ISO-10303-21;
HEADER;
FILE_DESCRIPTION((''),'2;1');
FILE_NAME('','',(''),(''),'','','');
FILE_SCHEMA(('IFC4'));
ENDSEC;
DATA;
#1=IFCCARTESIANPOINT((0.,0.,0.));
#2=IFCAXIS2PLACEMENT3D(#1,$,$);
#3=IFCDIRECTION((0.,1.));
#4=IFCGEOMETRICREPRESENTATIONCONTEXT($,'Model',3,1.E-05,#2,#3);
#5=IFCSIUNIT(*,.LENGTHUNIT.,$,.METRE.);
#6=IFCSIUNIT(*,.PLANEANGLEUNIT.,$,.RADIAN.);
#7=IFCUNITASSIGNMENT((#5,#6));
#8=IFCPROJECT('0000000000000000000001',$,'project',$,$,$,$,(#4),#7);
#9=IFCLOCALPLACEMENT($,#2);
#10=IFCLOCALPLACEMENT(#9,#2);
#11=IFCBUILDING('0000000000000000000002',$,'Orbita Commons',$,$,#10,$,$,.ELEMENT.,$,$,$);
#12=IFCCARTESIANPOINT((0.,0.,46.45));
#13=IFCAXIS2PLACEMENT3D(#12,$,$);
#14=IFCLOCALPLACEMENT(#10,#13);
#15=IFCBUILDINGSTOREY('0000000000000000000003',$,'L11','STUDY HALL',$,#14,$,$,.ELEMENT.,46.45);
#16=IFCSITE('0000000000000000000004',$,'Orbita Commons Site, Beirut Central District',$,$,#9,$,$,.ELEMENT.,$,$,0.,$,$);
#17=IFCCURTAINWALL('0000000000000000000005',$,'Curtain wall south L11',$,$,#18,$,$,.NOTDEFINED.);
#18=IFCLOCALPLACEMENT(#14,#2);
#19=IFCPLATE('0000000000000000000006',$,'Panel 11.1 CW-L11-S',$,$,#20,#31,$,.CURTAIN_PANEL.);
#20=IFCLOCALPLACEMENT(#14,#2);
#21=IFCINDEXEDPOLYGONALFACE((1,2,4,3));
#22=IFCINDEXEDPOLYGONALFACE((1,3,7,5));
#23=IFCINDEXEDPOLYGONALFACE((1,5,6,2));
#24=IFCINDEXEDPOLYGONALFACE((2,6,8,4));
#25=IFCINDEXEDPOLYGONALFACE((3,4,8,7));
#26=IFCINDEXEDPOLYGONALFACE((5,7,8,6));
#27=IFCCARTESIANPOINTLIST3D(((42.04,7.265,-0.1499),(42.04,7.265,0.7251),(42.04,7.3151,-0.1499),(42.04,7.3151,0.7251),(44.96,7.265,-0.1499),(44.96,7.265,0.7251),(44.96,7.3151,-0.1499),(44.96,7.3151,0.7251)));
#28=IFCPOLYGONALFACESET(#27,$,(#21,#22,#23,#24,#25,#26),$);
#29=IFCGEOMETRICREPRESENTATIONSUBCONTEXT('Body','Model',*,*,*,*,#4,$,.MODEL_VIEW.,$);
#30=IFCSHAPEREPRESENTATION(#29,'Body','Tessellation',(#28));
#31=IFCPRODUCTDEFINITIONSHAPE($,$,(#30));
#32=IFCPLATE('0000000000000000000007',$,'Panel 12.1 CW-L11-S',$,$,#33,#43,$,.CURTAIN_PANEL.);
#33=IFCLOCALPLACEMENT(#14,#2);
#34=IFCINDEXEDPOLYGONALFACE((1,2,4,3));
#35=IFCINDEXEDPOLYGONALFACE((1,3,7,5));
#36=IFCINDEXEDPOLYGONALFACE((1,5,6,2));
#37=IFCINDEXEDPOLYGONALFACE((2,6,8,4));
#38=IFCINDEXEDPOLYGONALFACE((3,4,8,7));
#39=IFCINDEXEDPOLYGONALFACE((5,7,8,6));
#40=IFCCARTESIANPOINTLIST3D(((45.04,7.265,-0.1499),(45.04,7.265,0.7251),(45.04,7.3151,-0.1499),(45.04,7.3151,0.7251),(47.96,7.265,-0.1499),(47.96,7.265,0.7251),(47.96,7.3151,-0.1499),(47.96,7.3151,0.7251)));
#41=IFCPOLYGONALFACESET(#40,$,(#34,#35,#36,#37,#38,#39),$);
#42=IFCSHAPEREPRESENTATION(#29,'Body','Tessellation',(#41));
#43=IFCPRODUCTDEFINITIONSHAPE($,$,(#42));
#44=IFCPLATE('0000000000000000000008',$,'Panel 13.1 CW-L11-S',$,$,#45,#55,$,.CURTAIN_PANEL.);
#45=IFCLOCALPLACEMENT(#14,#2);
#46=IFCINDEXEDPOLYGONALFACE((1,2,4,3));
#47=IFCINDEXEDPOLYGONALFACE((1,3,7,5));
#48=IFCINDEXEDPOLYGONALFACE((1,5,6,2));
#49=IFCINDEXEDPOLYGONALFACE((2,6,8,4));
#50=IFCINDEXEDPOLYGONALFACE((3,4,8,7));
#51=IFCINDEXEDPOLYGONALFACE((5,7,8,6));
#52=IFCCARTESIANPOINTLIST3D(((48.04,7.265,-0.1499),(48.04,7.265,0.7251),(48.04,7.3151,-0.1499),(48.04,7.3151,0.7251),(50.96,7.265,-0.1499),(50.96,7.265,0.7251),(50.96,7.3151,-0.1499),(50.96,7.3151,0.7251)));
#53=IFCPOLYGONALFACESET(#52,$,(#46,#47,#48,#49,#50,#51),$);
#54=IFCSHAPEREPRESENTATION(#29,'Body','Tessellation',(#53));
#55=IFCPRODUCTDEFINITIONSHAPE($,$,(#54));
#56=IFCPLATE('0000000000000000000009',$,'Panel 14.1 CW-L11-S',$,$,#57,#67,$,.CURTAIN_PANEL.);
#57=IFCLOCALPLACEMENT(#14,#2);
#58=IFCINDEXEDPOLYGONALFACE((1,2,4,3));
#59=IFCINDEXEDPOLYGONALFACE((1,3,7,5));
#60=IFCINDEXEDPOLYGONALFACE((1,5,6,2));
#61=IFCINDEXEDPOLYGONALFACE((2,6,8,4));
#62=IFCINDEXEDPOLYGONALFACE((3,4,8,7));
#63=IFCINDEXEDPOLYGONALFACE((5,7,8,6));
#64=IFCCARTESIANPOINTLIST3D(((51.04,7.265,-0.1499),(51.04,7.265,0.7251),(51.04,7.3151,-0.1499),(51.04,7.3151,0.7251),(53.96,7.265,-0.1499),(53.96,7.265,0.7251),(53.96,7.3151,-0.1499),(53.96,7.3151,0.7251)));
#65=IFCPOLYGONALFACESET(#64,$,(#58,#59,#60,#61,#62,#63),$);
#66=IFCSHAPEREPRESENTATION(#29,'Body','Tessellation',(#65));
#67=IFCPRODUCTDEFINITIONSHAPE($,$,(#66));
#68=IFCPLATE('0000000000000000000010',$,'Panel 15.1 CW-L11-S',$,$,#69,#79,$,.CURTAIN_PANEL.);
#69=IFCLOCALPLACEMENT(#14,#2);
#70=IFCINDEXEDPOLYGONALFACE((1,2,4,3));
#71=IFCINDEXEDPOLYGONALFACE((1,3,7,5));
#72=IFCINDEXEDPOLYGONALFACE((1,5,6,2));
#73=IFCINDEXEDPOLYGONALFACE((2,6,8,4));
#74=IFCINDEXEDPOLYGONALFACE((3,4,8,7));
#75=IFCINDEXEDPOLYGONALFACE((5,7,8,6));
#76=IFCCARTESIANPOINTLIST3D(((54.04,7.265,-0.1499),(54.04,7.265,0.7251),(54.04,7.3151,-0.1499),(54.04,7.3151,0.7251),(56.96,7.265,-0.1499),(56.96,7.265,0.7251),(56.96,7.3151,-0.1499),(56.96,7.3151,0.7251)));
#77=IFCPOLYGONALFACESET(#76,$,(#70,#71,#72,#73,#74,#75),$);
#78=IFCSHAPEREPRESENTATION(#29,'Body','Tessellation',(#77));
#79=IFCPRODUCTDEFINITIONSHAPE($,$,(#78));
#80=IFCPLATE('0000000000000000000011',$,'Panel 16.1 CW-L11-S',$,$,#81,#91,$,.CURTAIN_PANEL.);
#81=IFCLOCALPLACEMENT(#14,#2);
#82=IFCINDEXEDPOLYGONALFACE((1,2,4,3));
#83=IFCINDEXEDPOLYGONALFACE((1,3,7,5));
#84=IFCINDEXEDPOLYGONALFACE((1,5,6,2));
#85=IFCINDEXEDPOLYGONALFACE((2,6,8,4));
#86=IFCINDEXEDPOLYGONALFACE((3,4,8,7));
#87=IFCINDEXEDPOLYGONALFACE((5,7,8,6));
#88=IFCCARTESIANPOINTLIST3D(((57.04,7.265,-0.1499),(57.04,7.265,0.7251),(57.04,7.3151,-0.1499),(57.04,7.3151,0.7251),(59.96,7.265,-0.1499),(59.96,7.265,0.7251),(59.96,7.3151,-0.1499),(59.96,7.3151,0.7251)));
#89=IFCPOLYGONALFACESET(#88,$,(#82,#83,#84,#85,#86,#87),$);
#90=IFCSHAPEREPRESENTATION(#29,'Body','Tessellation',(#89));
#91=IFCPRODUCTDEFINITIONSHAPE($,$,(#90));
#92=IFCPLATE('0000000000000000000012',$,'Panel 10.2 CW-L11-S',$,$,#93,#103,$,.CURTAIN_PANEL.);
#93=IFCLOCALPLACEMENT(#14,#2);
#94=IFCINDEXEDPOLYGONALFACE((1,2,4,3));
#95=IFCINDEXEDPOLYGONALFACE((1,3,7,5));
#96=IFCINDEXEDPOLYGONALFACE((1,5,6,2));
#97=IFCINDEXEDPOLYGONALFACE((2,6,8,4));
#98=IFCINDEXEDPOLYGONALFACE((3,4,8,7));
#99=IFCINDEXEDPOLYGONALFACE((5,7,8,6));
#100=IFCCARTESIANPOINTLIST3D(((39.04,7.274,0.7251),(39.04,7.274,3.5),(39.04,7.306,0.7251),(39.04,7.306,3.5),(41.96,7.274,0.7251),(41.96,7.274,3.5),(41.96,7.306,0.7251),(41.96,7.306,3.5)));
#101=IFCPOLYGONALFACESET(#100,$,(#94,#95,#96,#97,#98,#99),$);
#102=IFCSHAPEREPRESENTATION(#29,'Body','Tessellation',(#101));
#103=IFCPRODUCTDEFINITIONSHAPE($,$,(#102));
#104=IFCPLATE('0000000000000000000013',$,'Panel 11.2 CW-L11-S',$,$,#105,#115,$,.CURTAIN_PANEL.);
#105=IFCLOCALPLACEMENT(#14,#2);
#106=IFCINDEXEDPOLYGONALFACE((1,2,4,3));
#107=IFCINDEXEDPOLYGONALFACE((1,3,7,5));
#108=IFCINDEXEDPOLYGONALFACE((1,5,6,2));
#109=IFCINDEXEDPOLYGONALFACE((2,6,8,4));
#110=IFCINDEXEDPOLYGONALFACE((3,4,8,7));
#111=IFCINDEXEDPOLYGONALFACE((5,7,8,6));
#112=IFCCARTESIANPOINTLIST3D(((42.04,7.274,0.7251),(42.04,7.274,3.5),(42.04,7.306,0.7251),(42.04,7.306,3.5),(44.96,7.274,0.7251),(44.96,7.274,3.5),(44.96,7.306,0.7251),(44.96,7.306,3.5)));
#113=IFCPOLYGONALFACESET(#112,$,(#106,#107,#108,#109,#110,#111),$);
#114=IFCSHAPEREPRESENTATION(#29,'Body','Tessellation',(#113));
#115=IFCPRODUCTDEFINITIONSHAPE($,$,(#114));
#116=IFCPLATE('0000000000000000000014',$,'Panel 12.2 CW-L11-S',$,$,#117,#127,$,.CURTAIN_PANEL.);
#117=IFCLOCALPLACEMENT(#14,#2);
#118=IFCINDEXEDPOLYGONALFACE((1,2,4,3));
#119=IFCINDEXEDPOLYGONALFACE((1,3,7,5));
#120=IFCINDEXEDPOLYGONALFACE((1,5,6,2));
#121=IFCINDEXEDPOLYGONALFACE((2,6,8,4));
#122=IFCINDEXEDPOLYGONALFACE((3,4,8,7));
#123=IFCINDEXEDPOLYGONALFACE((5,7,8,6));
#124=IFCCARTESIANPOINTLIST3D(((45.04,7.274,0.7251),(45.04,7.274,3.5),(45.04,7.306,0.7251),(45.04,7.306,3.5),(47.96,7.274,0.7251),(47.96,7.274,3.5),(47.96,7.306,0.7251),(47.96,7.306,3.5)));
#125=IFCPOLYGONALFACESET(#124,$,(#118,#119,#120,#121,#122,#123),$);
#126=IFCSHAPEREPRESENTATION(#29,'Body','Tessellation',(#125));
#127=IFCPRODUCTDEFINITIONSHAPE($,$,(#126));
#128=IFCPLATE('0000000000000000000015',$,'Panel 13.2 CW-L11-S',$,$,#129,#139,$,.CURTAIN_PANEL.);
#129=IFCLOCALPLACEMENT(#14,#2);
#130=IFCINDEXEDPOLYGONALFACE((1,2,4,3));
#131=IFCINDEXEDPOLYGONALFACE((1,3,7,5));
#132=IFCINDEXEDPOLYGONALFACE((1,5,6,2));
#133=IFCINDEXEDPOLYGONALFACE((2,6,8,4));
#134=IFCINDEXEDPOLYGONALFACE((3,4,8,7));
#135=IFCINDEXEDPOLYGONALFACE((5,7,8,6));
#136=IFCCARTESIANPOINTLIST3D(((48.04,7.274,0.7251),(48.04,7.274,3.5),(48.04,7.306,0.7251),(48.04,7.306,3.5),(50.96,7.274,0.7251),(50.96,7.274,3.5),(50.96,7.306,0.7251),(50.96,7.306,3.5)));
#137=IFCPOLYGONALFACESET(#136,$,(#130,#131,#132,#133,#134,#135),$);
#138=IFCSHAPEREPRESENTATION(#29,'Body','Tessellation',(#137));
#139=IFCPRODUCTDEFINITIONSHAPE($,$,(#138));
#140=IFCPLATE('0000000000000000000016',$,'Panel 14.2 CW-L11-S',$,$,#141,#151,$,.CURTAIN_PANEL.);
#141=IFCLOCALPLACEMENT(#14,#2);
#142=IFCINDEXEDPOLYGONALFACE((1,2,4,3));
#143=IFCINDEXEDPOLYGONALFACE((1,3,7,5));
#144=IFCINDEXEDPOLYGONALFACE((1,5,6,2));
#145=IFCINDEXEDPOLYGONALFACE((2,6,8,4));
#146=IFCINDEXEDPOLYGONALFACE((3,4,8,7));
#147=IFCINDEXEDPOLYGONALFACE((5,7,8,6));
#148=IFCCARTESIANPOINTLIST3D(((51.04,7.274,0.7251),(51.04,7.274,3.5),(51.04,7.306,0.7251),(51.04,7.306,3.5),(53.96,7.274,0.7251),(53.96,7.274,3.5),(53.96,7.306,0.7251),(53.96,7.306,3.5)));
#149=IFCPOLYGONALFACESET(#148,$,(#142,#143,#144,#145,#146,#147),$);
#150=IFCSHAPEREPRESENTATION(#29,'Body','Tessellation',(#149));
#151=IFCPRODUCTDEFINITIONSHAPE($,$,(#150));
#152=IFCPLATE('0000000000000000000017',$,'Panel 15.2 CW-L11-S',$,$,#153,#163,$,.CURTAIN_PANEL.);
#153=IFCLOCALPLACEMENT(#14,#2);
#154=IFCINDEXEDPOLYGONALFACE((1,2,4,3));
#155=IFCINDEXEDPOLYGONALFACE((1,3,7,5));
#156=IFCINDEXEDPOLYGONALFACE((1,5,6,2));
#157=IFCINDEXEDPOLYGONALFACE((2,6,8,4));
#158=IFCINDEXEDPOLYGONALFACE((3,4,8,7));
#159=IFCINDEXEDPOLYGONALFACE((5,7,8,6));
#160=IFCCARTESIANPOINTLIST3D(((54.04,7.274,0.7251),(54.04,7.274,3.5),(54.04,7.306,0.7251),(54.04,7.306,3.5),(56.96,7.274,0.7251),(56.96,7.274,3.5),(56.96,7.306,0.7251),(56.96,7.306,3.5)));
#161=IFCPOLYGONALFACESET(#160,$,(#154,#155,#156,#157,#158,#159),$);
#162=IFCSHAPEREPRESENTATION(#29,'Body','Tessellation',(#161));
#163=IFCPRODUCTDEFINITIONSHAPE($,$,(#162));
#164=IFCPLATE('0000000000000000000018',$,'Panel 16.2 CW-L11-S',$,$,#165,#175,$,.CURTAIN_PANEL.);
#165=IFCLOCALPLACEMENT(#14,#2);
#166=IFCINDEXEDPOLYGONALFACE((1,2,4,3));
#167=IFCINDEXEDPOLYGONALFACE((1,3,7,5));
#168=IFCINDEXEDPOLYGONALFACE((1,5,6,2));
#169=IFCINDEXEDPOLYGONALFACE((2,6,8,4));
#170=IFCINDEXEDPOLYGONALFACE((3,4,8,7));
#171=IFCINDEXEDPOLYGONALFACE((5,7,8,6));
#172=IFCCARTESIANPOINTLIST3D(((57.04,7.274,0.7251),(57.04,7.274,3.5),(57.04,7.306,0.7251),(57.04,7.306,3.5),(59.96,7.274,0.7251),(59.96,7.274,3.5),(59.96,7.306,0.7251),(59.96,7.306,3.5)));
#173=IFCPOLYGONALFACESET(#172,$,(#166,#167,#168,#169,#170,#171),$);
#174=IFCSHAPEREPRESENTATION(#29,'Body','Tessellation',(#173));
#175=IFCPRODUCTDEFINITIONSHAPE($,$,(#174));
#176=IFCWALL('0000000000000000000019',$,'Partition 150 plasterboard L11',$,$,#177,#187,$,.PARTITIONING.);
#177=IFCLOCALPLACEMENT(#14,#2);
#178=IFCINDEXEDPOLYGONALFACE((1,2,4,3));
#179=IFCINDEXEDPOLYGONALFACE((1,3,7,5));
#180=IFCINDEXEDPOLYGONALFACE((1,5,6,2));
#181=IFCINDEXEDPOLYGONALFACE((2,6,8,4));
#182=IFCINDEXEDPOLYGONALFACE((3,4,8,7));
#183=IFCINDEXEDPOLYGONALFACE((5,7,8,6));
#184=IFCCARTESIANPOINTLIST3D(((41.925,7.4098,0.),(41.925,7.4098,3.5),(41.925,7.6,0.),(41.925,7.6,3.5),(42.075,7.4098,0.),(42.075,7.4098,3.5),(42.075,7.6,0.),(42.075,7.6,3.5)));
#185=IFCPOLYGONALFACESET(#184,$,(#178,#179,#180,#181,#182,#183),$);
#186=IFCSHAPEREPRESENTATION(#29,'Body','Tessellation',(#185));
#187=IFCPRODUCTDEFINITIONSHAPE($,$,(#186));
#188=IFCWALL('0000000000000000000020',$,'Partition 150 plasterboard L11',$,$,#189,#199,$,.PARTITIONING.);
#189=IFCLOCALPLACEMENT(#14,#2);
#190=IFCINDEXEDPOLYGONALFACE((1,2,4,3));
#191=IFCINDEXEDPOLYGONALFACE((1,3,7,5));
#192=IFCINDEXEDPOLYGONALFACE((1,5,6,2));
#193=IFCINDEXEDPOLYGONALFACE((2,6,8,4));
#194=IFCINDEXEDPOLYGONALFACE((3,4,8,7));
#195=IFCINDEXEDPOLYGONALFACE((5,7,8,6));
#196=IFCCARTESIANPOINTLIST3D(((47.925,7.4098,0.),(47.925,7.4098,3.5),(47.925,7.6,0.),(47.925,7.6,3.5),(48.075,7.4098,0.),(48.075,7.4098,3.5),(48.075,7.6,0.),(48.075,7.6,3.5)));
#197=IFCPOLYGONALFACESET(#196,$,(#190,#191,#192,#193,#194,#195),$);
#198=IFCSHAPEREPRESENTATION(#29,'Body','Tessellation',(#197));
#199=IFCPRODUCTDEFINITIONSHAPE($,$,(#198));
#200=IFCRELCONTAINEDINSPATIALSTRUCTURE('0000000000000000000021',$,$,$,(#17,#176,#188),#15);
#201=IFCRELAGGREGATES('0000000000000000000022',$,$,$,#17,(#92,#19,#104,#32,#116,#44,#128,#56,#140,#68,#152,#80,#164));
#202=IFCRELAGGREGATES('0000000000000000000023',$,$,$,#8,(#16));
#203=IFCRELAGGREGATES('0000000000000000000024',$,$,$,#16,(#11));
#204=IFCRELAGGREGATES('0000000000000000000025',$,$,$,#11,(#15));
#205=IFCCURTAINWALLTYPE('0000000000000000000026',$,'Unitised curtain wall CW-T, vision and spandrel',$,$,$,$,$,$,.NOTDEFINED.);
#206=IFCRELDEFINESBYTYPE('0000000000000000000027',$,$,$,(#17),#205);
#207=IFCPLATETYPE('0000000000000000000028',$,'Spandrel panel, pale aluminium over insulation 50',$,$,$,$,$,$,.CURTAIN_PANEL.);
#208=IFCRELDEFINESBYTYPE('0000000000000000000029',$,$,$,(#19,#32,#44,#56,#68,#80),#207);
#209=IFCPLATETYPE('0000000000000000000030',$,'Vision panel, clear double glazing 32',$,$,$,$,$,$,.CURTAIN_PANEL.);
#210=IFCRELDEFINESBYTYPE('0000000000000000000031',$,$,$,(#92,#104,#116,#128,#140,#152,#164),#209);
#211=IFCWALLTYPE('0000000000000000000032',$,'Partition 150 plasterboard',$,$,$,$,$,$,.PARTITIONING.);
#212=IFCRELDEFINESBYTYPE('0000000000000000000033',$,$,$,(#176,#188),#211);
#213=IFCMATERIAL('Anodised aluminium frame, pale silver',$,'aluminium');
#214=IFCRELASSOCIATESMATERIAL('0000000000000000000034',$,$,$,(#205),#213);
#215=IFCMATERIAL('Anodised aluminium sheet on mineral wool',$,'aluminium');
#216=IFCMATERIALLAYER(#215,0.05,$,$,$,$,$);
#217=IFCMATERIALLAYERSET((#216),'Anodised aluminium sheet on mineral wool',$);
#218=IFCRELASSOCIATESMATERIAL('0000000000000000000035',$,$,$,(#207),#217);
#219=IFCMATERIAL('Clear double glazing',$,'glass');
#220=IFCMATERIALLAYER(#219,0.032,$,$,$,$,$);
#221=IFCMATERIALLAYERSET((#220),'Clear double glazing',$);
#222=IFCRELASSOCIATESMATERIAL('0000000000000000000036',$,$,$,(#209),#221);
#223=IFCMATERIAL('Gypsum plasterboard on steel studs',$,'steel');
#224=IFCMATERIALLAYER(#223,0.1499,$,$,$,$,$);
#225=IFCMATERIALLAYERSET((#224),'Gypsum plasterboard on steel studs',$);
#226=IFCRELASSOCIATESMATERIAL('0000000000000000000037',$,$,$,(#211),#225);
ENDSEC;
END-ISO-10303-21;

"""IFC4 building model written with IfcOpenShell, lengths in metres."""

from ifc_helpers import new_model, si_unit, direction, frame, frame_2d, origin, origin_2d, place, context, subcontext, project, spatial, rectangle, extrude, material, layer, layer_set, type_object, element, aggregate, save


model = new_model("IFC4")

# Units and contexts
model_context = context("Model", 3, precision=1e-05, world=origin(), true_north=direction((0.0, 1.0)))
body_context = subcontext(model_context, "Body", "Model", "MODEL_VIEW")
ifc_project = project(units=[si_unit("LENGTHUNIT", "METRE"), si_unit("PLANEANGLEUNIT", "RADIAN")], contexts=[model_context])

# Site, building, storey
site_placement = place(None, origin())
site = spatial("IfcSite", under=ifc_project, at=site_placement, Name="Orbita Commons Site, Beirut Central District", CompositionType="ELEMENT", RefElevation=0.0)
building_placement = place(site_placement, origin())
building = spatial("IfcBuilding", under=site, at=building_placement, Name="Orbita Commons", CompositionType="ELEMENT")
storey_placement = place(building_placement, frame((0.0, 0.0, 46.45)))
storey = spatial("IfcBuildingStorey", under=building, at=storey_placement, Name="L11", Description="STUDY HALL", CompositionType="ELEMENT", Elevation=46.45)

# Curtain wall, plates
ifc_material_1 = material(Name="Anodised aluminium frame, pale silver", Category="aluminium")
curtain_wall_type = type_object("IfcCurtainWallType", Name="Unitised curtain wall CW-T, vision and spandrel", PredefinedType="NOTDEFINED", material=ifc_material_1)
curtain_wall_placement = place(storey_placement, origin())
curtain_wall = element("IfcCurtainWall", 1, at=curtain_wall_placement, inside=storey, type_object=curtain_wall_type, Name="Curtain wall south L11", PredefinedType="NOTDEFINED")
ifc_material_2 = material(Name="Anodised aluminium sheet on mineral wool", Category="aluminium")
ifc_layer_1 = layer(ifc_material_2, 0.05)
ifc_layer_set_1 = layer_set([ifc_layer_1], Name="Anodised aluminium sheet on mineral wool")
plate_type_1 = type_object("IfcPlateType", Name="Spandrel panel, pale aluminium over insulation 50", PredefinedType="CURTAIN_PANEL", material=ifc_layer_set_1)
plate_1_placement = place(storey_placement, frame((43.5, 7.29, -0.1499), z_axis=(0.0, 0.0, 1.0), x_axis=(1.0, 0.0, 0.0)))
plate_1 = element("IfcPlate", 2, at=plate_1_placement, type_object=plate_type_1, Name="Panel 11.1 CW-L11-S", PredefinedType="CURTAIN_PANEL", context=body_context, shape_type="SweptSolid", body=[
    extrude(rectangle(XDim=2.9199, YDim=0.05, at=origin_2d()), origin(), (0.0, 0.0, 1.0), 0.875),
])
plate_2_placement = place(storey_placement, frame((46.5, 7.29, -0.1499), z_axis=(0.0, 0.0, 1.0), x_axis=(1.0, 0.0, 0.0)))
plate_2 = element("IfcPlate", 3, at=plate_2_placement, type_object=plate_type_1, Name="Panel 12.1 CW-L11-S", PredefinedType="CURTAIN_PANEL", context=body_context, shape_type="SweptSolid", body=[
    extrude(rectangle(XDim=2.9199, YDim=0.05, at=origin_2d()), origin(), (0.0, 0.0, 1.0), 0.875),
])
plate_3_placement = place(storey_placement, frame((49.5, 7.29, -0.1499), z_axis=(0.0, 0.0, 1.0), x_axis=(1.0, 0.0, 0.0)))
plate_3 = element("IfcPlate", 4, at=plate_3_placement, type_object=plate_type_1, Name="Panel 13.1 CW-L11-S", PredefinedType="CURTAIN_PANEL", context=body_context, shape_type="SweptSolid", body=[
    extrude(rectangle(XDim=2.9199, YDim=0.05, at=origin_2d()), origin(), (0.0, 0.0, 1.0), 0.875),
])
plate_4_placement = place(storey_placement, frame((52.5, 7.29, -0.1499), z_axis=(0.0, 0.0, 1.0), x_axis=(1.0, 0.0, 0.0)))
plate_4 = element("IfcPlate", 5, at=plate_4_placement, type_object=plate_type_1, Name="Panel 14.1 CW-L11-S", PredefinedType="CURTAIN_PANEL", context=body_context, shape_type="SweptSolid", body=[
    extrude(rectangle(XDim=2.9199, YDim=0.05, at=origin_2d()), origin(), (0.0, 0.0, 1.0), 0.875),
])
plate_5_placement = place(storey_placement, frame((55.5, 7.29, -0.1499), z_axis=(0.0, 0.0, 1.0), x_axis=(1.0, 0.0, 0.0)))
plate_5 = element("IfcPlate", 6, at=plate_5_placement, type_object=plate_type_1, Name="Panel 15.1 CW-L11-S", PredefinedType="CURTAIN_PANEL", context=body_context, shape_type="SweptSolid", body=[
    extrude(rectangle(XDim=2.9199, YDim=0.05, at=origin_2d()), origin(), (0.0, 0.0, 1.0), 0.875),
])
plate_6_placement = place(storey_placement, frame((58.5, 7.29, -0.1499), z_axis=(0.0, 0.0, 1.0), x_axis=(1.0, 0.0, 0.0)))
plate_6 = element("IfcPlate", 7, at=plate_6_placement, type_object=plate_type_1, Name="Panel 16.1 CW-L11-S", PredefinedType="CURTAIN_PANEL", context=body_context, shape_type="SweptSolid", body=[
    extrude(rectangle(XDim=2.9199, YDim=0.05, at=origin_2d()), origin(), (0.0, 0.0, 1.0), 0.875),
])
ifc_material_3 = material(Name="Clear double glazing", Category="glass")
ifc_layer_2 = layer(ifc_material_3, 0.032)
ifc_layer_set_2 = layer_set([ifc_layer_2], Name="Clear double glazing")
plate_type_2 = type_object("IfcPlateType", Name="Vision panel, clear double glazing 32", PredefinedType="CURTAIN_PANEL", material=ifc_layer_set_2)
plate_7_placement = place(storey_placement, frame((40.5, 7.29, 0.7251), z_axis=(0.0, 0.0, 1.0), x_axis=(1.0, 0.0, 0.0)))
plate_7 = element("IfcPlate", 8, at=plate_7_placement, type_object=plate_type_2, Name="Panel 10.2 CW-L11-S", PredefinedType="CURTAIN_PANEL", context=body_context, shape_type="SweptSolid", body=[
    extrude(rectangle(XDim=2.9199, YDim=0.032, at=origin_2d()), origin(), (0.0, 0.0, 1.0), 2.7749),
])
plate_8_placement = place(storey_placement, frame((43.5, 7.29, 0.7251), z_axis=(0.0, 0.0, 1.0), x_axis=(1.0, 0.0, 0.0)))
plate_8 = element("IfcPlate", 9, at=plate_8_placement, type_object=plate_type_2, Name="Panel 11.2 CW-L11-S", PredefinedType="CURTAIN_PANEL", context=body_context, shape_type="SweptSolid", body=[
    extrude(rectangle(XDim=2.9199, YDim=0.032, at=origin_2d()), origin(), (0.0, 0.0, 1.0), 2.7749),
])
plate_9_placement = place(storey_placement, frame((46.5, 7.29, 0.7251), z_axis=(0.0, 0.0, 1.0), x_axis=(1.0, 0.0, 0.0)))
plate_9 = element("IfcPlate", 10, at=plate_9_placement, type_object=plate_type_2, Name="Panel 12.2 CW-L11-S", PredefinedType="CURTAIN_PANEL", context=body_context, shape_type="SweptSolid", body=[
    extrude(rectangle(XDim=2.9199, YDim=0.032, at=origin_2d()), origin(), (0.0, 0.0, 1.0), 2.7749),
])
plate_10_placement = place(storey_placement, frame((49.5, 7.29, 0.7251), z_axis=(0.0, 0.0, 1.0), x_axis=(1.0, 0.0, 0.0)))
plate_10 = element("IfcPlate", 11, at=plate_10_placement, type_object=plate_type_2, Name="Panel 13.2 CW-L11-S", PredefinedType="CURTAIN_PANEL", context=body_context, shape_type="SweptSolid", body=[
    extrude(rectangle(XDim=2.9199, YDim=0.032, at=origin_2d()), origin(), (0.0, 0.0, 1.0), 2.7749),
])
plate_11_placement = place(storey_placement, frame((52.5, 7.29, 0.7251), z_axis=(0.0, 0.0, 1.0), x_axis=(1.0, 0.0, 0.0)))
plate_11 = element("IfcPlate", 12, at=plate_11_placement, type_object=plate_type_2, Name="Panel 14.2 CW-L11-S", PredefinedType="CURTAIN_PANEL", context=body_context, shape_type="SweptSolid", body=[
    extrude(rectangle(XDim=2.9199, YDim=0.032, at=origin_2d()), origin(), (0.0, 0.0, 1.0), 2.7749),
])
plate_12_placement = place(storey_placement, frame((55.5, 7.29, 0.7251), z_axis=(0.0, 0.0, 1.0), x_axis=(1.0, 0.0, 0.0)))
plate_12 = element("IfcPlate", 13, at=plate_12_placement, type_object=plate_type_2, Name="Panel 15.2 CW-L11-S", PredefinedType="CURTAIN_PANEL", context=body_context, shape_type="SweptSolid", body=[
    extrude(rectangle(XDim=2.9199, YDim=0.032, at=origin_2d()), origin(), (0.0, 0.0, 1.0), 2.7749),
])
plate_13_placement = place(storey_placement, frame((58.5, 7.29, 0.7251), z_axis=(0.0, 0.0, 1.0), x_axis=(1.0, 0.0, 0.0)))
plate_13 = element("IfcPlate", 14, at=plate_13_placement, type_object=plate_type_2, Name="Panel 16.2 CW-L11-S", PredefinedType="CURTAIN_PANEL", context=body_context, shape_type="SweptSolid", body=[
    extrude(rectangle(XDim=2.9199, YDim=0.032, at=origin_2d()), origin(), (0.0, 0.0, 1.0), 2.7749),
])
aggregate(curtain_wall, [plate_7, plate_1, plate_8, plate_2, plate_9, plate_3, plate_10, plate_4, plate_11, plate_5, plate_12, plate_6, plate_13])

# Walls
ifc_material_4 = material(Name="Gypsum plasterboard on steel studs", Category="steel")
ifc_layer_3 = layer(ifc_material_4, 0.1499)
ifc_layer_set_3 = layer_set([ifc_layer_3], Name="Gypsum plasterboard on steel studs")
wall_type_1 = type_object("IfcWallType", Name="Partition 150 plasterboard", PredefinedType="PARTITIONING", material=ifc_layer_set_3)
for number, where, z_axis, x_axis, name in (
    (15, (42.0, 7.6001, 0.0), (0.0, 0.0, 1.0), (0.0, -1.0, 0.0), "Partition 150 plasterboard L11"),
    (16, (48.0, 7.6001, 0.0), (0.0, 0.0, 1.0), (0.0, -1.0, 0.0), "Partition 150 plasterboard L11"),
):
    element("IfcWall", number, at=place(storey_placement, frame(where, z_axis=z_axis, x_axis=x_axis)), inside=storey, type_object=wall_type_1, Name=name, PredefinedType="PARTITIONING", context=body_context, shape_type="SweptSolid", body=[
        extrude(rectangle(XDim=0.1902, YDim=0.1499, at=frame_2d((0.0952, 0.0))), origin(), (0.0, 0.0, 1.0), 3.5),
    ])

save(model, "model.ifc")
